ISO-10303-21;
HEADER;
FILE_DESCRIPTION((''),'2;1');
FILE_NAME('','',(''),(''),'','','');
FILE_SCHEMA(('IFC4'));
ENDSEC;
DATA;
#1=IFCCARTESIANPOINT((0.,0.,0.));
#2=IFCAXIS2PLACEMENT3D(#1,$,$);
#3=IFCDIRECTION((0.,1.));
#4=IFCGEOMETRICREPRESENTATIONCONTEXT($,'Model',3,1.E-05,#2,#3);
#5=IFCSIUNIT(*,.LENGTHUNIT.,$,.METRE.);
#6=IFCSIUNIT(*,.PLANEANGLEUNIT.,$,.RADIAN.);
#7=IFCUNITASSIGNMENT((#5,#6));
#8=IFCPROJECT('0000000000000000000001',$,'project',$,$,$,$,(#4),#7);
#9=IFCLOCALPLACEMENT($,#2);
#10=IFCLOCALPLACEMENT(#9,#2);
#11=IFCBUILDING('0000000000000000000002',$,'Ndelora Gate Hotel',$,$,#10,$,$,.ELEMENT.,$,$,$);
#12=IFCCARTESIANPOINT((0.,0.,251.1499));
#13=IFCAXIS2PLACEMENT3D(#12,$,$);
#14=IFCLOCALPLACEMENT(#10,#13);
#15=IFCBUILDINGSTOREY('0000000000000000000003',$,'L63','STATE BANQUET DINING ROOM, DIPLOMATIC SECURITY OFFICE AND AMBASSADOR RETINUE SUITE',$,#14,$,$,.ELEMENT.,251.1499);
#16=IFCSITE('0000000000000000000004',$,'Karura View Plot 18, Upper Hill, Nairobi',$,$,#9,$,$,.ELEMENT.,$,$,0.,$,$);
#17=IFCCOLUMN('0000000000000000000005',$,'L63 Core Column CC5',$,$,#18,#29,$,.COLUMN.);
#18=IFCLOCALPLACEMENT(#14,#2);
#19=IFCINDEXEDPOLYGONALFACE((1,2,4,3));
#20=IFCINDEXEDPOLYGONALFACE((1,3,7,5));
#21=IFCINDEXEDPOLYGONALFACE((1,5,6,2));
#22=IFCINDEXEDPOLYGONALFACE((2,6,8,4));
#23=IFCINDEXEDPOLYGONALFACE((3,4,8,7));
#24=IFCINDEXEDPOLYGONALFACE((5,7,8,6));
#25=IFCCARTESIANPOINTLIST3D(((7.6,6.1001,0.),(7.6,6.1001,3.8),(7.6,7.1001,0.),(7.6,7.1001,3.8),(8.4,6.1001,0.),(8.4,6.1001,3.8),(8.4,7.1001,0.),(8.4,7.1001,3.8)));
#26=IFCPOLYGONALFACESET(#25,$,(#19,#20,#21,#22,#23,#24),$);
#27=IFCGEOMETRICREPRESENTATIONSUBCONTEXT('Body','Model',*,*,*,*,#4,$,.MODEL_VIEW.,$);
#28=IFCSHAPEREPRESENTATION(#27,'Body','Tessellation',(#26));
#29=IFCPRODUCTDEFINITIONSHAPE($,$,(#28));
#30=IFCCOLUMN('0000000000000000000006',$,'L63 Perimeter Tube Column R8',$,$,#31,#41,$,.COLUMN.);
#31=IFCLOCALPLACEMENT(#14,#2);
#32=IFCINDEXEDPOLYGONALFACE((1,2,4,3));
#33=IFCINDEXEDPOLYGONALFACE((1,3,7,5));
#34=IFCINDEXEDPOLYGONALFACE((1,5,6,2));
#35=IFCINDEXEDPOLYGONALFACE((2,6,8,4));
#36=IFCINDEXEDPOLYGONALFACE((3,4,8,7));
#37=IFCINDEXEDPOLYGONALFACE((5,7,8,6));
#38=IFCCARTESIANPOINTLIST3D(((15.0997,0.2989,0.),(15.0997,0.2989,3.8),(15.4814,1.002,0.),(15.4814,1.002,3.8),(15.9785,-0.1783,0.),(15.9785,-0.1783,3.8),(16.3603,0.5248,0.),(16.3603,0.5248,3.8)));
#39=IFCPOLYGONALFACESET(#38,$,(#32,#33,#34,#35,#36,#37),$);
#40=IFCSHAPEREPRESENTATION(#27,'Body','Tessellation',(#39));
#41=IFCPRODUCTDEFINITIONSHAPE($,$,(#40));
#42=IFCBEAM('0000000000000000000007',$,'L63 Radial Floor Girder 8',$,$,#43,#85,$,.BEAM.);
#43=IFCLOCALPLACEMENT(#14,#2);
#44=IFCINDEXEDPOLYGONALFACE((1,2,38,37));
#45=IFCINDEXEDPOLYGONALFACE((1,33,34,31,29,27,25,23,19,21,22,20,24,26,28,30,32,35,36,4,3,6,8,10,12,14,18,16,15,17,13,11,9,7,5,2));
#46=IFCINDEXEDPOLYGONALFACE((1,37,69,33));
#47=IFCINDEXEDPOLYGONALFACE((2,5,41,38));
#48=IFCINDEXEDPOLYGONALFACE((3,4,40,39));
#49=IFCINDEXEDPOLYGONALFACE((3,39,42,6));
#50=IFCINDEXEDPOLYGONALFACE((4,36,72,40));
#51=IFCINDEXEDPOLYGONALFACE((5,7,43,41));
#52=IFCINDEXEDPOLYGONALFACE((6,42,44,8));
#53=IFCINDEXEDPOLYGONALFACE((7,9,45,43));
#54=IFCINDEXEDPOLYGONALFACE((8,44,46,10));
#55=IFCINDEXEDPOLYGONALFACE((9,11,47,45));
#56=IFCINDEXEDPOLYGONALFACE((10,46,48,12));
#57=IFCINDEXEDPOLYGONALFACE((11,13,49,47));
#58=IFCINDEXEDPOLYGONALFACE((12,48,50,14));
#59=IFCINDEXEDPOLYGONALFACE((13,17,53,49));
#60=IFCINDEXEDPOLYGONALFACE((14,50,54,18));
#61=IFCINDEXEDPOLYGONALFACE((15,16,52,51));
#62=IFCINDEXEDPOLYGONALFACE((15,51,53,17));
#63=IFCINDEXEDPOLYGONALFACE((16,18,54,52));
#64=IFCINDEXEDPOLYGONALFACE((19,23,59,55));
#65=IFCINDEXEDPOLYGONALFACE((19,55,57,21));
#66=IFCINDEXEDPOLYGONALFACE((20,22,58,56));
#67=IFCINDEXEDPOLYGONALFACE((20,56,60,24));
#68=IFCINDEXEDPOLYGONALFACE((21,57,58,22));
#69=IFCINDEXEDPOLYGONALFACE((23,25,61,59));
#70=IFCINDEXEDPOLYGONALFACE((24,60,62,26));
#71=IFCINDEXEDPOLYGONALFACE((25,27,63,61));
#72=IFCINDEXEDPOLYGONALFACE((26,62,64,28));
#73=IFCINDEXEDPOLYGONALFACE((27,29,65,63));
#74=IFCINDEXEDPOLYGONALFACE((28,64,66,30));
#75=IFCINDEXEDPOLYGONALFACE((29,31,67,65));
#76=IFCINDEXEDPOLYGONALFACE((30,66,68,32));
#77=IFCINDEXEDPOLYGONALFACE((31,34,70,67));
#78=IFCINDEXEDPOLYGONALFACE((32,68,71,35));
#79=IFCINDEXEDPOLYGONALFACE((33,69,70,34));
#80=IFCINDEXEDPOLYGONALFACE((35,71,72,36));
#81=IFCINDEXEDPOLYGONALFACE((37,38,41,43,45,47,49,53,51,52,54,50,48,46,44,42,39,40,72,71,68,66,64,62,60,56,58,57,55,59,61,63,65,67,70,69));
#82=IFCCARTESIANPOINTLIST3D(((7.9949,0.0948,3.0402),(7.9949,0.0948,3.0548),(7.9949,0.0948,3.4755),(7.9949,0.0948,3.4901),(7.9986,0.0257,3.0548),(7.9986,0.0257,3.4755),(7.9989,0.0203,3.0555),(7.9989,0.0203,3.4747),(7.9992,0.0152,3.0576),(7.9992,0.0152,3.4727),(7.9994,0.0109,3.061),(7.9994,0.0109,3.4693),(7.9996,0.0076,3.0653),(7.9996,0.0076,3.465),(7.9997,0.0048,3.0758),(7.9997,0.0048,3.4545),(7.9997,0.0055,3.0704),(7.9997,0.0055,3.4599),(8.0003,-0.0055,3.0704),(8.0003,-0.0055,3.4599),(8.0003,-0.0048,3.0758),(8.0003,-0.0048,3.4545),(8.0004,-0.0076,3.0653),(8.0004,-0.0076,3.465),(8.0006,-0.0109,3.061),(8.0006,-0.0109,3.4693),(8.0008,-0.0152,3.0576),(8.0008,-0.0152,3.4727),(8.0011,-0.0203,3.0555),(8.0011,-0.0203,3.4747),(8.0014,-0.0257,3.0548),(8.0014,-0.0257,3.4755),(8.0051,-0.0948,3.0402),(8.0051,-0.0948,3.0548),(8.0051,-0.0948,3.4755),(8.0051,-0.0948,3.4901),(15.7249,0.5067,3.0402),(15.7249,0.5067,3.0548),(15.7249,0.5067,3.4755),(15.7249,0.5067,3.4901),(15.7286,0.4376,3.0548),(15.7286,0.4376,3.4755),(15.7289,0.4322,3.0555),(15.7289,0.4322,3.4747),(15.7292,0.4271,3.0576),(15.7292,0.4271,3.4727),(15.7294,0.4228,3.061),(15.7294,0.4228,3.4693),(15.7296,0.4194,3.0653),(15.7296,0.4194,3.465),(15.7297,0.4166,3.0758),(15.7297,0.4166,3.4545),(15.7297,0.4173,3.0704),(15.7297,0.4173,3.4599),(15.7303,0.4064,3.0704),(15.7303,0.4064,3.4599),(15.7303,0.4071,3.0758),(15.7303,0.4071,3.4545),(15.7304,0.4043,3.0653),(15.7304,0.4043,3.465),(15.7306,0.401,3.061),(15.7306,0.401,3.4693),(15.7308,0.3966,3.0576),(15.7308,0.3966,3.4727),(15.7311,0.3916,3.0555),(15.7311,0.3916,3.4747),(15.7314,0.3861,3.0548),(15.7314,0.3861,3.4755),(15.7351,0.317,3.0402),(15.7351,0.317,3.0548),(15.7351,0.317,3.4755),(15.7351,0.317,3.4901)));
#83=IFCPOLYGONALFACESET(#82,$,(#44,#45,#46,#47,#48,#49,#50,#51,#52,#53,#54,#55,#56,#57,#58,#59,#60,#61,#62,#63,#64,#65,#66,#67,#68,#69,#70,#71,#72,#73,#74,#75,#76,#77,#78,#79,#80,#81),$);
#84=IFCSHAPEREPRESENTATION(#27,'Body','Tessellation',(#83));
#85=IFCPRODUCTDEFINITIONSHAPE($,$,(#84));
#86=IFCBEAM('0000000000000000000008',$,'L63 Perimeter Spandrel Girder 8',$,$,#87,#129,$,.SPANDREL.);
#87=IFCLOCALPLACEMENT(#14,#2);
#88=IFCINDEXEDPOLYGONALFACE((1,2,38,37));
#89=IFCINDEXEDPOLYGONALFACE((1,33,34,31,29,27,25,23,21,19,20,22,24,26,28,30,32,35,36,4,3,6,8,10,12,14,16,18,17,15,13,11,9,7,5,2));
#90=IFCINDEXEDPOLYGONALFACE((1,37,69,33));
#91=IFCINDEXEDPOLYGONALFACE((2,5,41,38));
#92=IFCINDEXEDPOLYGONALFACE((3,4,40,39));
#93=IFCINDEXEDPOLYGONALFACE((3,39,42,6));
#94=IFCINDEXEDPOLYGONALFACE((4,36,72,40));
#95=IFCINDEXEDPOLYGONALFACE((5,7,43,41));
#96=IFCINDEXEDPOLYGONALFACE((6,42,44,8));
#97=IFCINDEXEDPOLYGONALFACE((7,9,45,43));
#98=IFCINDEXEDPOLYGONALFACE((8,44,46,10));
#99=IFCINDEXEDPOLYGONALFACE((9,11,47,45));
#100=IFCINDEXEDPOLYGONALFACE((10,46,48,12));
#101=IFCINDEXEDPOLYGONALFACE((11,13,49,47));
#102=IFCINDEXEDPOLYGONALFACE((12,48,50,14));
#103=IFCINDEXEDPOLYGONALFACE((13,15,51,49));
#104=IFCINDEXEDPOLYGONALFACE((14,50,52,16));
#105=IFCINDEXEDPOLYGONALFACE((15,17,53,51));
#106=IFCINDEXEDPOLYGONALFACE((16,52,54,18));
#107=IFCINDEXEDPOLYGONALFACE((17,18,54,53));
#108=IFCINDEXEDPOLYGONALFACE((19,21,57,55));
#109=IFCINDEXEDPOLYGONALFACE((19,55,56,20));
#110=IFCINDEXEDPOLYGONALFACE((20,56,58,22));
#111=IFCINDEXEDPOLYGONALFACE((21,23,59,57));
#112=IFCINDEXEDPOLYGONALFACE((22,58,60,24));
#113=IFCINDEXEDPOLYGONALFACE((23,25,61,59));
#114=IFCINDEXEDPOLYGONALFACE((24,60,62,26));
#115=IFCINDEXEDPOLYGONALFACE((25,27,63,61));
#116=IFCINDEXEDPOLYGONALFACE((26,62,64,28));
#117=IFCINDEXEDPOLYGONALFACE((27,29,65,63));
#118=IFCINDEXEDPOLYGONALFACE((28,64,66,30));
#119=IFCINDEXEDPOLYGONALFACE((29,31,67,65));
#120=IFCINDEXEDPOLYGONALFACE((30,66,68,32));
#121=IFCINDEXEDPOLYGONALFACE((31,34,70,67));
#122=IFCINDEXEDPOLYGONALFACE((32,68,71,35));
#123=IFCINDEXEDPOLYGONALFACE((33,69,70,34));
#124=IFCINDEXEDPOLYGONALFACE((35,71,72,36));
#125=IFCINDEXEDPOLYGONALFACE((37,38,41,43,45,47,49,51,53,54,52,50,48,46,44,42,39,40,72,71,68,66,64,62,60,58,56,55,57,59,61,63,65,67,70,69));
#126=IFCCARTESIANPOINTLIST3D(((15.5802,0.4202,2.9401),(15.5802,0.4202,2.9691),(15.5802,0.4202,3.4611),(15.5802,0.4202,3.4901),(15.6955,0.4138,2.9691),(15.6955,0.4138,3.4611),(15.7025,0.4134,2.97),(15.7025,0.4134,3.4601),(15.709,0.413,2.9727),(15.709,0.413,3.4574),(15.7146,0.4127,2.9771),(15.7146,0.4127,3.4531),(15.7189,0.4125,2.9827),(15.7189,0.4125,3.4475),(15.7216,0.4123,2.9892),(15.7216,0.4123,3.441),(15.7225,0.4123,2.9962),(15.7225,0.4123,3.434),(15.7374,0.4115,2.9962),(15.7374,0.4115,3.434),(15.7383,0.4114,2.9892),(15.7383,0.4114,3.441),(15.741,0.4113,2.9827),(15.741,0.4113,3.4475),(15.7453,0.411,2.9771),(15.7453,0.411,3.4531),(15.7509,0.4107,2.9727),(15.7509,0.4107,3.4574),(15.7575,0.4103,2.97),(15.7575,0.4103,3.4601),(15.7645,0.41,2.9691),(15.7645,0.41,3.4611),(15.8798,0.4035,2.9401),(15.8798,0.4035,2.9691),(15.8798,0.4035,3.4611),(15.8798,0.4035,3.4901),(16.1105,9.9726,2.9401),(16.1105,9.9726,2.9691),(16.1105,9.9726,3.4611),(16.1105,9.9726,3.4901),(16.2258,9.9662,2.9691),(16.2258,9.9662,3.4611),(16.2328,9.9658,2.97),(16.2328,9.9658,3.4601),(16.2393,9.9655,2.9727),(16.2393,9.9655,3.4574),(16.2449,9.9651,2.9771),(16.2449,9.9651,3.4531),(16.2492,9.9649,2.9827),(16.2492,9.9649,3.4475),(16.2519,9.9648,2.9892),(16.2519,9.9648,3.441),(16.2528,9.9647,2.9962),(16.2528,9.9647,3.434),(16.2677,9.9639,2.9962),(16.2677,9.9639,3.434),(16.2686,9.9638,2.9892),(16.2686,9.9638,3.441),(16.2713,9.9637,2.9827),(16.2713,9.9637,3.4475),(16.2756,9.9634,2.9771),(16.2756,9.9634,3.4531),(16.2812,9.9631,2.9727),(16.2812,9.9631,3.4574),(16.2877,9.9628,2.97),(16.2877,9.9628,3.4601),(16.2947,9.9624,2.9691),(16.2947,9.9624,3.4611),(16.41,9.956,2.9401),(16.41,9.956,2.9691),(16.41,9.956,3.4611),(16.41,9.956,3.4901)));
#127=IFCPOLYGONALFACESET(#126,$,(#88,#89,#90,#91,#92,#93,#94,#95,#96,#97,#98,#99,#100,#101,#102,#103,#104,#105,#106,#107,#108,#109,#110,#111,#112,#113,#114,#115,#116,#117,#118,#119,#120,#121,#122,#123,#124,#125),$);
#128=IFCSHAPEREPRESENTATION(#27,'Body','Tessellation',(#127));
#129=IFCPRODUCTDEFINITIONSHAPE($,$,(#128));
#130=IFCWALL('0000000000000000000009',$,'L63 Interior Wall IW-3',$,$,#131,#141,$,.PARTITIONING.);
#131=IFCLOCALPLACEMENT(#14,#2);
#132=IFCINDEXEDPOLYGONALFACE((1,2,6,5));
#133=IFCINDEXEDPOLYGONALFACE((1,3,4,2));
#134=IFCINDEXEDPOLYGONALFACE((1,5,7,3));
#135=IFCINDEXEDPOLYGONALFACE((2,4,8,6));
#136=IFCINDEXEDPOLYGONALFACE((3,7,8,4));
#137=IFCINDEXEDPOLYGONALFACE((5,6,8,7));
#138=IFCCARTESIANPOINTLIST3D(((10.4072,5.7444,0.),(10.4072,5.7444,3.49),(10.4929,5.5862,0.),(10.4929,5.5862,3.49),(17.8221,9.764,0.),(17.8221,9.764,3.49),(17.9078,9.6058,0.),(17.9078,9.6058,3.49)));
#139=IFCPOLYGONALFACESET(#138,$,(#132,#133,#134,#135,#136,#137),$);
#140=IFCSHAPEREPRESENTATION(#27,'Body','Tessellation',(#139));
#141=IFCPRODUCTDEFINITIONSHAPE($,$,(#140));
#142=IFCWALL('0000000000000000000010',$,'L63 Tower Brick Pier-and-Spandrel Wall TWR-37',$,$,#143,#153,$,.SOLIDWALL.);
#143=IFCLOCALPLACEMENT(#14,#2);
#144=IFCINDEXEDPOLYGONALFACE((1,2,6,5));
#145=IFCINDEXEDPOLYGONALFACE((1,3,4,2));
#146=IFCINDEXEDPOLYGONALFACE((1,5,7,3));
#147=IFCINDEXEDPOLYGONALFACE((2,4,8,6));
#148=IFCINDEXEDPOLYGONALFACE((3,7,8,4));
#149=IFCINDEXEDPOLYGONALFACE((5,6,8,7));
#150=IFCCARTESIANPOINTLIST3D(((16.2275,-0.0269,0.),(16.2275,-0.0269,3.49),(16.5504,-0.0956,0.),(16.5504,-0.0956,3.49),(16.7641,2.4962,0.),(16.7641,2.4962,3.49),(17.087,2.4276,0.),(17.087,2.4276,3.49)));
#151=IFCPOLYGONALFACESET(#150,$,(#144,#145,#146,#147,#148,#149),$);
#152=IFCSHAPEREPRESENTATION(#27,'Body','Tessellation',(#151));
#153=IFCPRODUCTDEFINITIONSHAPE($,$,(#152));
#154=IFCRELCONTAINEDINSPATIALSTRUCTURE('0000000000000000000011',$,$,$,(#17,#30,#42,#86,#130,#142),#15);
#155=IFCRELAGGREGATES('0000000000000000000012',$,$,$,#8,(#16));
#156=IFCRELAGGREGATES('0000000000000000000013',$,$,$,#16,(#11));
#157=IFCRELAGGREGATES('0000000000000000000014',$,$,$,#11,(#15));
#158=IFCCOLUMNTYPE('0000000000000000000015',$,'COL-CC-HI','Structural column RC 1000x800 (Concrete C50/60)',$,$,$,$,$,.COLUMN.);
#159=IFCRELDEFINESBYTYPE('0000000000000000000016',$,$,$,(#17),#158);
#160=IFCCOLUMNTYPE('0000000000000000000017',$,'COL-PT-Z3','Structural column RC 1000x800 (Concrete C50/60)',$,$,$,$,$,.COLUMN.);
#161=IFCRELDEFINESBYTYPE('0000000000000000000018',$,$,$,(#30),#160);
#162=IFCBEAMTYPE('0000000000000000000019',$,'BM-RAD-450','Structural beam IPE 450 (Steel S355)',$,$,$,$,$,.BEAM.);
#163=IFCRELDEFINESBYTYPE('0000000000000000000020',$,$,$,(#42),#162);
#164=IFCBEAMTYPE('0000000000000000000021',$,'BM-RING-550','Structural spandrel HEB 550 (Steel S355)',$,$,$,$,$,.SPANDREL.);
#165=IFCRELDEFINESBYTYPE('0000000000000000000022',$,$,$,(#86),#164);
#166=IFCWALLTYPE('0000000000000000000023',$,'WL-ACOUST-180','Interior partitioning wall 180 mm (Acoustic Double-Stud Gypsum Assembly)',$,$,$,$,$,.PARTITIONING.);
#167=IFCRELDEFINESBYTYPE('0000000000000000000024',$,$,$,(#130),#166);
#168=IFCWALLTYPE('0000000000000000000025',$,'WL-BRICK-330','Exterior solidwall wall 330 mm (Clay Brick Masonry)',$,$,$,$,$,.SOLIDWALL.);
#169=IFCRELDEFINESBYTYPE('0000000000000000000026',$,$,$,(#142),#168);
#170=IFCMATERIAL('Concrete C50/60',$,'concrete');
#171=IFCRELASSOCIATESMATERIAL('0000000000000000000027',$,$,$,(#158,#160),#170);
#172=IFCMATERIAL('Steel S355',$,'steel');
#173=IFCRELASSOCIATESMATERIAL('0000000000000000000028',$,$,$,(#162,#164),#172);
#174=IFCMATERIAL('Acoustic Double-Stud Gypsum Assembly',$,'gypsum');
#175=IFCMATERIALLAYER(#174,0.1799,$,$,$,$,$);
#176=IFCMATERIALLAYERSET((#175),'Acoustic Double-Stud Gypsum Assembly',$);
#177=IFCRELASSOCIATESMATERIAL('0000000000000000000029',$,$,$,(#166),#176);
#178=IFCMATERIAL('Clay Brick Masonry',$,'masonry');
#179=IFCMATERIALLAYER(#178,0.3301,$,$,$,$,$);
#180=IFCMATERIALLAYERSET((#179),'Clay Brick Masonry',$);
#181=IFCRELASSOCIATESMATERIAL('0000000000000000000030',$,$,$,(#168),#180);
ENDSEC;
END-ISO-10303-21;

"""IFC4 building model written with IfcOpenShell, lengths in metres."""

from ifc_helpers import new_model, si_unit, direction, frame, frame_2d, origin, origin_2d, place, context, subcontext, project, spatial, rectangle, i_section, extrude, material, layer, layer_set, material_profile, profile_set, type_object, element, save


model = new_model("IFC4")

# Units and contexts
model_context = context("Model", 3, precision=1e-05, world=origin(), true_north=direction((0.0, 1.0)))
body_context = subcontext(model_context, "Body", "Model", "MODEL_VIEW")
ifc_project = project(units=[si_unit("LENGTHUNIT", "METRE"), si_unit("PLANEANGLEUNIT", "RADIAN")], contexts=[model_context])

# Site, building, storey
site_placement = place(None, origin())
site = spatial("IfcSite", under=ifc_project, at=site_placement, Name="Karura View Plot 18, Upper Hill, Nairobi", CompositionType="ELEMENT", RefElevation=0.0)
building_placement = place(site_placement, origin())
building = spatial("IfcBuilding", under=site, at=building_placement, Name="Ndelora Gate Hotel", CompositionType="ELEMENT")
storey_placement = place(building_placement, frame((0.0, 0.0, 251.1499)))
storey = spatial("IfcBuildingStorey", under=building, at=storey_placement, Name="L63", Description="STATE BANQUET DINING ROOM, DIPLOMATIC SECURITY OFFICE AND AMBASSADOR RETINUE SUITE", CompositionType="ELEMENT", Elevation=251.1499)

# Columns
ifc_material_1 = material(Name="Concrete C50/60", Category="concrete")
ifc_material_profile_1 = material_profile(ifc_material_1, rectangle(XDim=0.8, YDim=1.0, at=origin_2d()), Name="RC 1000x800")
ifc_profile_set_1 = profile_set([ifc_material_profile_1], Name="Concrete C50/60")
column_type_1 = type_object("IfcColumnType", Name="COL-CC-HI", Description="Structural column RC 1000x800 (Concrete C50/60)", PredefinedType="COLUMN", material=ifc_profile_set_1)
column_1_placement = place(storey_placement, frame((8.0, 6.6001, 0.0), z_axis=(0.0, 0.0, 1.0), x_axis=(1.0, 0.0, 0.0)))
element("IfcColumn", 1, at=column_1_placement, inside=storey, type_object=column_type_1, Name="L63 Core Column CC5", PredefinedType="COLUMN", context=body_context, shape_type="SweptSolid", body=[
    extrude(rectangle(XDim=0.8, YDim=1.0, at=origin_2d()), origin(), (0.0, 0.0, 1.0), 3.8),
])
ifc_material_profile_2 = material_profile(ifc_material_1, rectangle(XDim=0.8, YDim=1.0, at=origin_2d()), Name="RC 1000x800")
ifc_profile_set_2 = profile_set([ifc_material_profile_2], Name="Concrete C50/60")
column_type_2 = type_object("IfcColumnType", Name="COL-PT-Z3", Description="Structural column RC 1000x800 (Concrete C50/60)", PredefinedType="COLUMN", material=ifc_profile_set_2)
column_2_placement = place(storey_placement, frame((15.73, 0.4119, 0.0), z_axis=(0.0, 0.0, 1.0), x_axis=(0.477159, 0.878817, 0.0)))
element("IfcColumn", 2, at=column_2_placement, inside=storey, type_object=column_type_2, Name="L63 Perimeter Tube Column R8", PredefinedType="COLUMN", context=body_context, shape_type="SweptSolid", body=[
    extrude(rectangle(XDim=0.8, YDim=1.0, at=origin_2d()), origin(), (0.0, 0.0, 1.0), 3.8),
])

# Beams
ifc_material_2 = material(Name="Steel S355", Category="steel")
ifc_material_profile_3 = material_profile(ifc_material_2, i_section(OverallWidth=0.1899, OverallDepth=0.45, WebThickness=0.0095, FlangeThickness=0.0146, FilletRadius=0.021, at=origin_2d()), Name="IPE 450")
ifc_profile_set_3 = profile_set([ifc_material_profile_3], Name="Steel S355")
beam_type_1 = type_object("IfcBeamType", Name="BM-RAD-450", Description="Structural beam IPE 450 (Steel S355)", PredefinedType="BEAM", material=ifc_profile_set_3)
beam_1_placement = place(storey_placement, frame((8.0, 0.0, 3.2651), z_axis=(0.998584, 0.053206, 0.0), x_axis=(-0.053206, 0.998584, 0.0)))
element("IfcBeam", 3, at=beam_1_placement, inside=storey, type_object=beam_type_1, Name="L63 Radial Floor Girder 8", PredefinedType="BEAM", context=body_context, shape_type="SweptSolid", body=[
    extrude(i_section(OverallWidth=0.1899, OverallDepth=0.45, WebThickness=0.0095, FlangeThickness=0.0146, FilletRadius=0.021, at=origin_2d()), origin(), (0.0, 0.0, 1.0), 7.741),
])
ifc_material_profile_4 = material_profile(ifc_material_2, i_section(OverallWidth=0.3, OverallDepth=0.55, WebThickness=0.0149, FlangeThickness=0.0291, FilletRadius=0.0271, at=origin_2d()), Name="HEB 550")
ifc_profile_set_4 = profile_set([ifc_material_profile_4], Name="Steel S355")
beam_type_2 = type_object("IfcBeamType", Name="BM-RING-550", Description="Structural spandrel HEB 550 (Steel S355)", PredefinedType="SPANDREL", material=ifc_profile_set_4)
beam_2_placement = place(storey_placement, frame((15.73, 0.4119, 3.2151), z_axis=(0.055426, 0.998463, 0.0), x_axis=(-0.998463, 0.055426, 0.0)))
element("IfcBeam", 4, at=beam_2_placement, inside=storey, type_object=beam_type_2, Name="L63 Perimeter Spandrel Girder 8", PredefinedType="SPANDREL", context=body_context, shape_type="SweptSolid", body=[
    extrude(i_section(OverallWidth=0.3, OverallDepth=0.55, WebThickness=0.0149, FlangeThickness=0.0291, FilletRadius=0.0271, at=origin_2d()), origin(), (0.0, 0.0, 1.0), 9.5671),
])

# Walls
ifc_material_3 = material(Name="Acoustic Double-Stud Gypsum Assembly", Category="gypsum")
ifc_layer_1 = layer(ifc_material_3, 0.1799)
ifc_layer_set_1 = layer_set([ifc_layer_1], Name="Acoustic Double-Stud Gypsum Assembly")
wall_type_1 = type_object("IfcWallType", Name="WL-ACOUST-180", Description="Interior partitioning wall 180 mm (Acoustic Double-Stud Gypsum Assembly)", PredefinedType="PARTITIONING", material=ifc_layer_set_1)
wall_1_placement = place(storey_placement, frame((10.45, 5.6653, 0.0), z_axis=(0.0, 0.0, 1.0), x_axis=(0.879134, 0.476575, 0.0)))
element("IfcWall", 5, at=wall_1_placement, inside=storey, type_object=wall_type_1, Name="L63 Interior Wall IW-3", PredefinedType="PARTITIONING", context=body_context, shape_type="SweptSolid", body=[
    extrude(rectangle(XDim=8.4343, YDim=0.1799, at=frame_2d((4.2173, 0.0))), origin(), (0.0, 0.0, 1.0), 3.49),
])
ifc_material_4 = material(Name="Clay Brick Masonry", Category="masonry")
ifc_layer_2 = layer(ifc_material_4, 0.3301)
ifc_layer_set_2 = layer_set([ifc_layer_2], Name="Clay Brick Masonry")
wall_type_2 = type_object("IfcWallType", Name="WL-BRICK-330", Description="Exterior solidwall wall 330 mm (Clay Brick Masonry)", PredefinedType="SOLIDWALL", material=ifc_layer_set_2)
wall_2_placement = place(storey_placement, frame((16.9255, 2.4619, 0.0), z_axis=(0.0, 0.0, 1.0), x_axis=(-0.208023, -0.978124, 0.0)))
element("IfcWall", 6, at=wall_2_placement, inside=storey, type_object=wall_type_2, Name="L63 Tower Brick Pier-and-Spandrel Wall TWR-37", PredefinedType="SOLIDWALL", context=body_context, shape_type="SweptSolid", body=[
    extrude(rectangle(XDim=2.5796, YDim=0.3301, at=frame_2d((1.2898, 0.0))), origin(), (0.0, 0.0, 1.0), 3.49),
])

save(model, "model.ifc")
